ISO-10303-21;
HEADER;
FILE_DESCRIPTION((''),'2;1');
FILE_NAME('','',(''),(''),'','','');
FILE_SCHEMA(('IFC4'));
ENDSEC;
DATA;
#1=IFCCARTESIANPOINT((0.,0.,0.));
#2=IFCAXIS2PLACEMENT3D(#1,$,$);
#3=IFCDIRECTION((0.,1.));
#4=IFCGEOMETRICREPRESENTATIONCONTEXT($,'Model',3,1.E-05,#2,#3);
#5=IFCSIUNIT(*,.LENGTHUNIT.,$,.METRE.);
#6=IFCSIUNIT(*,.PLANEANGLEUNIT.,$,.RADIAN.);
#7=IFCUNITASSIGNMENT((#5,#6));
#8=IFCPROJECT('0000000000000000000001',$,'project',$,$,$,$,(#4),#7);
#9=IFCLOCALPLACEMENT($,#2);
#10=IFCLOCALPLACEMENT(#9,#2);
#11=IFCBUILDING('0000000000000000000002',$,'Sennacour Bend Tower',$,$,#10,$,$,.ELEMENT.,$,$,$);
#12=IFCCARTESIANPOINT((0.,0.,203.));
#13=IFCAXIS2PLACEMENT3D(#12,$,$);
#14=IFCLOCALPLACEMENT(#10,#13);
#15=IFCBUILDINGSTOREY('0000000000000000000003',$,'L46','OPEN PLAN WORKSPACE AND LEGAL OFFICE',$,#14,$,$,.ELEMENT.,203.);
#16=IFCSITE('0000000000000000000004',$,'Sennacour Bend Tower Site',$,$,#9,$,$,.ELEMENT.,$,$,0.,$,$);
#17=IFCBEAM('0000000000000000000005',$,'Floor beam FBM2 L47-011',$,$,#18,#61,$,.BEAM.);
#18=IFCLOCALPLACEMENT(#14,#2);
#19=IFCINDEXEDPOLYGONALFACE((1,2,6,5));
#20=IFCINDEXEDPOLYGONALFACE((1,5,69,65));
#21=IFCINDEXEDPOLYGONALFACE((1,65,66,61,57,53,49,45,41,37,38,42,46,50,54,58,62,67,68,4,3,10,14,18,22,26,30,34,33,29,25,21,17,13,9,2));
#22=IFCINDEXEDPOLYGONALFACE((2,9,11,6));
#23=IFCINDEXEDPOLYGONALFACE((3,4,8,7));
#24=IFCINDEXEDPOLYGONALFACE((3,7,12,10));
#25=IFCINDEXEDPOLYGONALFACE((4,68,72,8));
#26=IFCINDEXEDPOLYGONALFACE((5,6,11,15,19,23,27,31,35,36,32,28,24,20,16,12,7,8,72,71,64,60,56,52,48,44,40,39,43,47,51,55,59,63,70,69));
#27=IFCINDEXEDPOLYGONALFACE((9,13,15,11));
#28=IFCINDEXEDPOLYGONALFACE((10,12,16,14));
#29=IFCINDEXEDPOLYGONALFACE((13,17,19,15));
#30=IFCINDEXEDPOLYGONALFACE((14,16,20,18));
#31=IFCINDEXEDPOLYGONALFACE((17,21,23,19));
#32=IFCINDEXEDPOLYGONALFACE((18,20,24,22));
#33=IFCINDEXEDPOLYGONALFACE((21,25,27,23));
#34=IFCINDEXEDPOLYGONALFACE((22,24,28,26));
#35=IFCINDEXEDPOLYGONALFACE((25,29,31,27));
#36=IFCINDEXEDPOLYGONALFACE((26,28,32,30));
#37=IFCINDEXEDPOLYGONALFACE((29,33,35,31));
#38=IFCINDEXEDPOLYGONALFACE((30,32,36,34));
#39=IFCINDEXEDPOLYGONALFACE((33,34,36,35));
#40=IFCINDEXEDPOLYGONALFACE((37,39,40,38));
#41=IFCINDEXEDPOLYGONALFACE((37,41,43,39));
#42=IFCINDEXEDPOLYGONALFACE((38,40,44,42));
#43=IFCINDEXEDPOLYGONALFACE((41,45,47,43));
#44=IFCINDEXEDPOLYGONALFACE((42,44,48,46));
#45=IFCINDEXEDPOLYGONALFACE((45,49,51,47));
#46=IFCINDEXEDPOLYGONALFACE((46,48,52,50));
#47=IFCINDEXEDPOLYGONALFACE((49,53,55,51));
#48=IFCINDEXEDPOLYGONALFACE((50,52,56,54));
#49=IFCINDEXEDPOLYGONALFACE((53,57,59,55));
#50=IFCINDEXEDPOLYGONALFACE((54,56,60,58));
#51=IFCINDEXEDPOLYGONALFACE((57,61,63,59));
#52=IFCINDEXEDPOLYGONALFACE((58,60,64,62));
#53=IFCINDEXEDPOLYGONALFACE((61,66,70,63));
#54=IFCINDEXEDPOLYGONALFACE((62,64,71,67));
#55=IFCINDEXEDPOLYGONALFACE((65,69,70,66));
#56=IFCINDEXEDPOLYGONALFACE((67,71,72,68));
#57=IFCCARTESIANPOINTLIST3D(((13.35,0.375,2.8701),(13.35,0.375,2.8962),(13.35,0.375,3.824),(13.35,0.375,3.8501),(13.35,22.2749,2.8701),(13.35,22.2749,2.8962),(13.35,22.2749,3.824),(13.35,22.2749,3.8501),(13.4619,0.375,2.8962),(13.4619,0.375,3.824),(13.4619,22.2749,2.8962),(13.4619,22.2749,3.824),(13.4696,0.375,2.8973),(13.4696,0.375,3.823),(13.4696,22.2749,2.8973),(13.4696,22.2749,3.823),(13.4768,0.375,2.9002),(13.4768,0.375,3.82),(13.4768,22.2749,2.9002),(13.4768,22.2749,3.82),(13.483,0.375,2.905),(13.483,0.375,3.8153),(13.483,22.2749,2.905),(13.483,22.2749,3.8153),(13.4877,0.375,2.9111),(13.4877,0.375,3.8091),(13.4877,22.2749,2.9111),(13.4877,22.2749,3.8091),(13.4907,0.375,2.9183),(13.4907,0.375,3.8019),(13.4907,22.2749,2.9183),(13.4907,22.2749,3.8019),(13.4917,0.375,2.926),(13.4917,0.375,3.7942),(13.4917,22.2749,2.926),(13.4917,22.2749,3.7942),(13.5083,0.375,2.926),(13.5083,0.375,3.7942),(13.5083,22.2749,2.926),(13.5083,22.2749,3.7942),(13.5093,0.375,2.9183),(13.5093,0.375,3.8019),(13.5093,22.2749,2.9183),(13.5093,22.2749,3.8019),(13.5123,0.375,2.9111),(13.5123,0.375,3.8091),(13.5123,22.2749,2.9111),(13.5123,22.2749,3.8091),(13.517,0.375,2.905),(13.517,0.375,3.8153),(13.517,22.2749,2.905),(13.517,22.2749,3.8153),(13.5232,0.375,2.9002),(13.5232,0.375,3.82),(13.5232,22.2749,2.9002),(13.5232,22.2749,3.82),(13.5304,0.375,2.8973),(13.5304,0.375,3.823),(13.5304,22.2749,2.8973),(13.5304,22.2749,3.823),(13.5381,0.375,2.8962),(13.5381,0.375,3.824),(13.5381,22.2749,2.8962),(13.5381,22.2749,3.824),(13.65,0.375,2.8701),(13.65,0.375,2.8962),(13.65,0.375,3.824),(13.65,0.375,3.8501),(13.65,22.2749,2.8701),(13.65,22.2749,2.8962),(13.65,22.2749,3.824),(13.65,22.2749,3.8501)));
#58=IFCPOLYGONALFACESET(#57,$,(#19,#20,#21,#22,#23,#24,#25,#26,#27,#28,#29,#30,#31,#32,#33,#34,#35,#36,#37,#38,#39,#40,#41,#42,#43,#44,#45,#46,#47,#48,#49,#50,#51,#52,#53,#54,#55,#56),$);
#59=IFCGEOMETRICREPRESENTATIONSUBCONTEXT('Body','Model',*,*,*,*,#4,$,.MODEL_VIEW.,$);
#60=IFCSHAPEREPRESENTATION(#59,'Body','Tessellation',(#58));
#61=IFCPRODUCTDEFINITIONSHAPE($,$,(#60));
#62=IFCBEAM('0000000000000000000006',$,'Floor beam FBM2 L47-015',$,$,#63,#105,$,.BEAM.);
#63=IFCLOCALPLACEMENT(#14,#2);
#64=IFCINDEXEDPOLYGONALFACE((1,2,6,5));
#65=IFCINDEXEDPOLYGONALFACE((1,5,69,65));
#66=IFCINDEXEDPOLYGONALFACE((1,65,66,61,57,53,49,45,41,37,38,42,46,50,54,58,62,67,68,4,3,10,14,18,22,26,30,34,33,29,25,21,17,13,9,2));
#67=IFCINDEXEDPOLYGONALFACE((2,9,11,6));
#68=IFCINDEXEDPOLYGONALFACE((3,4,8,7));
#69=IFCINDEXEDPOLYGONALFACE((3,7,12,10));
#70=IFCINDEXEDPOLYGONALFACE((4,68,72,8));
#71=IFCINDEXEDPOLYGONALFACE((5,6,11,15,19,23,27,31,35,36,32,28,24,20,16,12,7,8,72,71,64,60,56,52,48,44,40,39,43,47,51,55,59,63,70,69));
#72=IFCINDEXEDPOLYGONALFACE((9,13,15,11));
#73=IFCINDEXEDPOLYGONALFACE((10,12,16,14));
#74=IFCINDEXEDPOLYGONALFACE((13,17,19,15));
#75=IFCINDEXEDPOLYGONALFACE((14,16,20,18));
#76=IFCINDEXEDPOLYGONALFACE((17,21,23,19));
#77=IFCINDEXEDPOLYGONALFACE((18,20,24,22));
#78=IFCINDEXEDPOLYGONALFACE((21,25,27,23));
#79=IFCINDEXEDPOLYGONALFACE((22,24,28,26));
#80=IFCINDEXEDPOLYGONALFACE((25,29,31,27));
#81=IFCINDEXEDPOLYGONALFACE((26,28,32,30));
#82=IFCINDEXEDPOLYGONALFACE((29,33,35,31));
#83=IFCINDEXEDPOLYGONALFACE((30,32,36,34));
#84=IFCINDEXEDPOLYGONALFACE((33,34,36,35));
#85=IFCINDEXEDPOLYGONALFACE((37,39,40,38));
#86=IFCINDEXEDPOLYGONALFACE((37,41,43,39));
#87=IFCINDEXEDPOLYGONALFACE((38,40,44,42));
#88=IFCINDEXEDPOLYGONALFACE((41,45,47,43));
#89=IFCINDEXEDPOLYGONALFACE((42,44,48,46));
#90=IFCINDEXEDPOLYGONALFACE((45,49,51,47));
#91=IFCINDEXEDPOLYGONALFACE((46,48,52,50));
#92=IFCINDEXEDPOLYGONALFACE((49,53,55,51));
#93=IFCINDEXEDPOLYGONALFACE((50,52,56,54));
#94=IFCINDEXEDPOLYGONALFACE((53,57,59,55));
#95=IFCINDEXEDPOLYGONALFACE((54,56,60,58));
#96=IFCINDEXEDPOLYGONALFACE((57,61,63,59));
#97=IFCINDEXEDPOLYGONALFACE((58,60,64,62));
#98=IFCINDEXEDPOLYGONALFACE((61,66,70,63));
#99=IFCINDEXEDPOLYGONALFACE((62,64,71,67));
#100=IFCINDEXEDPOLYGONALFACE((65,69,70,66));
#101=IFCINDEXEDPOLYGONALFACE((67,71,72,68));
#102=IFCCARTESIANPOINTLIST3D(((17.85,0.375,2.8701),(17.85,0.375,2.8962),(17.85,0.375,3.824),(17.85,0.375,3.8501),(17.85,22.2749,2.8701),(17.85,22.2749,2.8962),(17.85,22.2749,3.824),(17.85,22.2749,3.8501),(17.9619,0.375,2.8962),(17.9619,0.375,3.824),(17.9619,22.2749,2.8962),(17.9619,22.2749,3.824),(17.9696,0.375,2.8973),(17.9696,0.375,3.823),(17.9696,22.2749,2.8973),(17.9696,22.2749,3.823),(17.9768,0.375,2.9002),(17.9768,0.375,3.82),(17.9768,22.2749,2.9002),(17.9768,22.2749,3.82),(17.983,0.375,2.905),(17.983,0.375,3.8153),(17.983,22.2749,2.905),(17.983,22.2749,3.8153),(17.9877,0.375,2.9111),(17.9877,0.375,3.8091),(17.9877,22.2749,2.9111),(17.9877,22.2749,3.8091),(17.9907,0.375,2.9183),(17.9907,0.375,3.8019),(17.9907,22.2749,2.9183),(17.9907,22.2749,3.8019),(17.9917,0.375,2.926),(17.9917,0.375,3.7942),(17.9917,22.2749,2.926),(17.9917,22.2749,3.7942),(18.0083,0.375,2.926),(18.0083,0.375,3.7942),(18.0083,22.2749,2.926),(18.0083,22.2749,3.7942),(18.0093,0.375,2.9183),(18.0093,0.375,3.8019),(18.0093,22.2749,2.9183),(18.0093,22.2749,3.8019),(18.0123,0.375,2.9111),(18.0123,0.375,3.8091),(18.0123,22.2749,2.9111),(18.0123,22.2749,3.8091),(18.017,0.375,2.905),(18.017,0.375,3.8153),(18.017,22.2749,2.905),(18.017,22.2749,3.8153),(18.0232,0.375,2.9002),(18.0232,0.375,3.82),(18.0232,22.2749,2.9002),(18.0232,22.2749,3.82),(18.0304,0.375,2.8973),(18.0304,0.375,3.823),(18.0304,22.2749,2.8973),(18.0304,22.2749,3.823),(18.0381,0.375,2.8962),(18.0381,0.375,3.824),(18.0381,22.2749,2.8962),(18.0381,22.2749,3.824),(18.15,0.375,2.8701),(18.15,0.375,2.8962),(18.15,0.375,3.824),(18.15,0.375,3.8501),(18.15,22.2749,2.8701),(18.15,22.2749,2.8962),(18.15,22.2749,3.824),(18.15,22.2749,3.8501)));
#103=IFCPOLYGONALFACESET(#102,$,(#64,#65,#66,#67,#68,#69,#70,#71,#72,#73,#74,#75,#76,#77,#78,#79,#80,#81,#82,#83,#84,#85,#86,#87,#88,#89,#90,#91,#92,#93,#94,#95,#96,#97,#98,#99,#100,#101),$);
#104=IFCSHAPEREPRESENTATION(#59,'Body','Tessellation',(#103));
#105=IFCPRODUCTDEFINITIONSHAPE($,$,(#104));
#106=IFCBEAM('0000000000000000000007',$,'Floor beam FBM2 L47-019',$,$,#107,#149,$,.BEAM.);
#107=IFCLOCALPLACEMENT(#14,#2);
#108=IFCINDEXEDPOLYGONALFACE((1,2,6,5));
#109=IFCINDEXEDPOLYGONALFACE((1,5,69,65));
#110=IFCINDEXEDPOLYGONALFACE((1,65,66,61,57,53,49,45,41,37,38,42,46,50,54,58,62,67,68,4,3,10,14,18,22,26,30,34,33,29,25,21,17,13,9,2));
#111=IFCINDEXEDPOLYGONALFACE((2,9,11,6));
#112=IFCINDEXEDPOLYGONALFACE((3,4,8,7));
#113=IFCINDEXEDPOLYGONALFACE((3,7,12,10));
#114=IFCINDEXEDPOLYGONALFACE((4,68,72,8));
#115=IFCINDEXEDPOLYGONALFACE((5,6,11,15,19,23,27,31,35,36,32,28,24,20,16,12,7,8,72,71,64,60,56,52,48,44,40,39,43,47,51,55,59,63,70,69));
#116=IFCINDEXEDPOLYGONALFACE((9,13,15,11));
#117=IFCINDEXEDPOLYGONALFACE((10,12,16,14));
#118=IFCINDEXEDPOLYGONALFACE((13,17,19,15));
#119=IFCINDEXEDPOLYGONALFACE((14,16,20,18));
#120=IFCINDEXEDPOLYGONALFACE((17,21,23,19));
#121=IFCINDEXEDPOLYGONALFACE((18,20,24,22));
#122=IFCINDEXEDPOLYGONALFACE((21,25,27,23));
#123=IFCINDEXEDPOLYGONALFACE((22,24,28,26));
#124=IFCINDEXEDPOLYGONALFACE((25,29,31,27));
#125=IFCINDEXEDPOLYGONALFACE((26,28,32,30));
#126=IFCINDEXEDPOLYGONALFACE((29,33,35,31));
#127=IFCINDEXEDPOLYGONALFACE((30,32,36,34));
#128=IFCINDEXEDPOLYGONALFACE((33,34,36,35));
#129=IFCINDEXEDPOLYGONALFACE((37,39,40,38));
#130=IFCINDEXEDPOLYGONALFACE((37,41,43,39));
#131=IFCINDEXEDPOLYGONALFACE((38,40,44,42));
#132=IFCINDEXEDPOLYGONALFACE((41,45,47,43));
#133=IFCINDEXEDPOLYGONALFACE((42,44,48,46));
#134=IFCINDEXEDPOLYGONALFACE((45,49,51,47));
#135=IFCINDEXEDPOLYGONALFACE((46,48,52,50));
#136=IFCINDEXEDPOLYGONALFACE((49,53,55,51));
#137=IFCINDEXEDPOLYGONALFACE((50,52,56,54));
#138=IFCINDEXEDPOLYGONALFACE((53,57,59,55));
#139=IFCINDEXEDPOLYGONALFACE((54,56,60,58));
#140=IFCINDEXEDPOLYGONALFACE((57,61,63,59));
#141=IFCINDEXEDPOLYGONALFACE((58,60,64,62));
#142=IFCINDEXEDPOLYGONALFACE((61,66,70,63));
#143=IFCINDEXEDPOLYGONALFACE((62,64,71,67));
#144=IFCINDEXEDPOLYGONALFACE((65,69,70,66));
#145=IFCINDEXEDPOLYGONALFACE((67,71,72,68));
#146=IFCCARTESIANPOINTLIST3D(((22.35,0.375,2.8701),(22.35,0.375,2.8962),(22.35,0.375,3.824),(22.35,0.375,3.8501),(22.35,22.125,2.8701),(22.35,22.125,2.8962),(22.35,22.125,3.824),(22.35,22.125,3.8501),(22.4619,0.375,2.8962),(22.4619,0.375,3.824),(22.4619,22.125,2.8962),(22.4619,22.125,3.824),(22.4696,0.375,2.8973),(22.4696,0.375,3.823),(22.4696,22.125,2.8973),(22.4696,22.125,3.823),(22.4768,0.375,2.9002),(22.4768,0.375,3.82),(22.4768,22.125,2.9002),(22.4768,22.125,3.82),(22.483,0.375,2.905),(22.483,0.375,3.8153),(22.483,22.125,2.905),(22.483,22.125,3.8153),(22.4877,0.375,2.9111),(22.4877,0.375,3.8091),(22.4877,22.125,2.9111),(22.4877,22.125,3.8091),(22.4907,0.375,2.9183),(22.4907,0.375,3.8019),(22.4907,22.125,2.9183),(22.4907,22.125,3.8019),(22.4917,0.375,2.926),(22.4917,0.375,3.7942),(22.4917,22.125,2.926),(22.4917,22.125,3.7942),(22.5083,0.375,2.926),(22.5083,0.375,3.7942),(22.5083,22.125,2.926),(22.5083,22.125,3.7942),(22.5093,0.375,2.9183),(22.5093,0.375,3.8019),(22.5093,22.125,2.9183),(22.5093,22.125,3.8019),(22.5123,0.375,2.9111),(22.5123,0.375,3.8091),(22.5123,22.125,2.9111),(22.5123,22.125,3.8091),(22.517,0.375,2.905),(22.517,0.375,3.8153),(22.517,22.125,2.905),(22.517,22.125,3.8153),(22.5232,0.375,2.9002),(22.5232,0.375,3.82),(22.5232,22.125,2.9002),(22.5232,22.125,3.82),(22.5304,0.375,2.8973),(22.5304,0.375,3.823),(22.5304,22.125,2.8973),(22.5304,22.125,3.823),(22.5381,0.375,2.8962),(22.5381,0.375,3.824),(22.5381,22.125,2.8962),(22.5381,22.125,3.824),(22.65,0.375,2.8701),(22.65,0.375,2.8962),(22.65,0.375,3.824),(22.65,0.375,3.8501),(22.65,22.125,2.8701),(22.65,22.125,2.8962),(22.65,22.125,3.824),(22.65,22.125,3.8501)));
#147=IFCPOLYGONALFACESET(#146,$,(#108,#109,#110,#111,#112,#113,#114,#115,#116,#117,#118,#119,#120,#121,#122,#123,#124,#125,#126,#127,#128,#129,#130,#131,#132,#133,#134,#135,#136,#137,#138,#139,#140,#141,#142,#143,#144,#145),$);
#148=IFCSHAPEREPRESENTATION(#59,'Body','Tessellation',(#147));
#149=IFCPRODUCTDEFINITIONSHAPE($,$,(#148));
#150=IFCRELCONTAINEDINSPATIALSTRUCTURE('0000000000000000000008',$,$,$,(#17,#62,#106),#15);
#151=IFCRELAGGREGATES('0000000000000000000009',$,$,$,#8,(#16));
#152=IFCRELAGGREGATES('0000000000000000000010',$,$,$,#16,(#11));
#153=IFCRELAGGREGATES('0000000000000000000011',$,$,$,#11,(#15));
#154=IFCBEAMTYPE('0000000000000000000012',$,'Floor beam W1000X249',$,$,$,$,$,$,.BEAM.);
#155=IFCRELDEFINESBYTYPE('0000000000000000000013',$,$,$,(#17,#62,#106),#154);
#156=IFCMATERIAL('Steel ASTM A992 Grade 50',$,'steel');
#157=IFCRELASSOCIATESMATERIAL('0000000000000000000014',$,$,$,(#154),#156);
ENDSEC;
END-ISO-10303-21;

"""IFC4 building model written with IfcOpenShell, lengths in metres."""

from ifc_helpers import new_model, si_unit, direction, frame, origin, origin_2d, place, context, subcontext, project, spatial, i_section, extrude, material, material_profile, profile_set, type_object, element, save


model = new_model("IFC4")

# Units and contexts
model_context = context("Model", 3, precision=1e-05, world=origin(), true_north=direction((0.0, 1.0)))
body_context = subcontext(model_context, "Body", "Model", "MODEL_VIEW")
ifc_project = project(units=[si_unit("LENGTHUNIT", "METRE"), si_unit("PLANEANGLEUNIT", "RADIAN")], contexts=[model_context])

# Site, building, storey
site_placement = place(None, origin())
site = spatial("IfcSite", under=ifc_project, at=site_placement, Name="Sennacour Bend Tower Site", CompositionType="ELEMENT", RefElevation=0.0)
building_placement = place(site_placement, origin())
building = spatial("IfcBuilding", under=site, at=building_placement, Name="Sennacour Bend Tower", CompositionType="ELEMENT")
storey_placement = place(building_placement, frame((0.0, 0.0, 203.0)))
storey = spatial("IfcBuildingStorey", under=building, at=storey_placement, Name="L46", Description="OPEN PLAN WORKSPACE AND LEGAL OFFICE", CompositionType="ELEMENT", Elevation=203.0)

# Beams
ifc_material_1 = material(Name="Steel ASTM A992 Grade 50", Category="steel")
ifc_material_profile = material_profile(ifc_material_1, i_section(OverallWidth=0.3, OverallDepth=0.98, WebThickness=0.0166, FlangeThickness=0.0261, FilletRadius=0.0298, at=origin_2d()), Name="Steel ASTM A992 Grade 50", Category="steel")
ifc_profile_set = profile_set([ifc_material_profile], Name="Steel ASTM A992 Grade 50")
beam_type = type_object("IfcBeamType", Name="Floor beam W1000X249", PredefinedType="BEAM", material=ifc_profile_set)
for number, where, z_axis, x_axis, name in (
    (1, (13.5, 0.375, 3.3601), (0.0, 1.0, 0.0), (-1.0, 0.0, 0.0), "Floor beam FBM2 L47-011"),
    (2, (18.0, 0.375, 3.3601), (0.0, 1.0, 0.0), (-1.0, 0.0, 0.0), "Floor beam FBM2 L47-015"),
):
    element("IfcBeam", number, at=place(storey_placement, frame(where, z_axis=z_axis, x_axis=x_axis)), inside=storey, type_object=beam_type, Name=name, PredefinedType="BEAM", context=body_context, shape_type="SweptSolid", body=[
        extrude(i_section(OverallWidth=0.3, OverallDepth=0.98, WebThickness=0.0166, FlangeThickness=0.0261, FilletRadius=0.0298, at=origin_2d()), origin(), (0.0, 0.0, 1.0), 21.8999),
    ])
beam_placement = place(storey_placement, frame((22.5, 0.375, 3.3601), z_axis=(0.0, 1.0, 0.0), x_axis=(-1.0, 0.0, 0.0)))
element("IfcBeam", 3, at=beam_placement, inside=storey, type_object=beam_type, Name="Floor beam FBM2 L47-019", PredefinedType="BEAM", context=body_context, shape_type="SweptSolid", body=[
    extrude(i_section(OverallWidth=0.3, OverallDepth=0.98, WebThickness=0.0166, FlangeThickness=0.0261, FilletRadius=0.0298, at=origin_2d()), origin(), (0.0, 0.0, 1.0), 21.75),
])

save(model, "model.ifc")
